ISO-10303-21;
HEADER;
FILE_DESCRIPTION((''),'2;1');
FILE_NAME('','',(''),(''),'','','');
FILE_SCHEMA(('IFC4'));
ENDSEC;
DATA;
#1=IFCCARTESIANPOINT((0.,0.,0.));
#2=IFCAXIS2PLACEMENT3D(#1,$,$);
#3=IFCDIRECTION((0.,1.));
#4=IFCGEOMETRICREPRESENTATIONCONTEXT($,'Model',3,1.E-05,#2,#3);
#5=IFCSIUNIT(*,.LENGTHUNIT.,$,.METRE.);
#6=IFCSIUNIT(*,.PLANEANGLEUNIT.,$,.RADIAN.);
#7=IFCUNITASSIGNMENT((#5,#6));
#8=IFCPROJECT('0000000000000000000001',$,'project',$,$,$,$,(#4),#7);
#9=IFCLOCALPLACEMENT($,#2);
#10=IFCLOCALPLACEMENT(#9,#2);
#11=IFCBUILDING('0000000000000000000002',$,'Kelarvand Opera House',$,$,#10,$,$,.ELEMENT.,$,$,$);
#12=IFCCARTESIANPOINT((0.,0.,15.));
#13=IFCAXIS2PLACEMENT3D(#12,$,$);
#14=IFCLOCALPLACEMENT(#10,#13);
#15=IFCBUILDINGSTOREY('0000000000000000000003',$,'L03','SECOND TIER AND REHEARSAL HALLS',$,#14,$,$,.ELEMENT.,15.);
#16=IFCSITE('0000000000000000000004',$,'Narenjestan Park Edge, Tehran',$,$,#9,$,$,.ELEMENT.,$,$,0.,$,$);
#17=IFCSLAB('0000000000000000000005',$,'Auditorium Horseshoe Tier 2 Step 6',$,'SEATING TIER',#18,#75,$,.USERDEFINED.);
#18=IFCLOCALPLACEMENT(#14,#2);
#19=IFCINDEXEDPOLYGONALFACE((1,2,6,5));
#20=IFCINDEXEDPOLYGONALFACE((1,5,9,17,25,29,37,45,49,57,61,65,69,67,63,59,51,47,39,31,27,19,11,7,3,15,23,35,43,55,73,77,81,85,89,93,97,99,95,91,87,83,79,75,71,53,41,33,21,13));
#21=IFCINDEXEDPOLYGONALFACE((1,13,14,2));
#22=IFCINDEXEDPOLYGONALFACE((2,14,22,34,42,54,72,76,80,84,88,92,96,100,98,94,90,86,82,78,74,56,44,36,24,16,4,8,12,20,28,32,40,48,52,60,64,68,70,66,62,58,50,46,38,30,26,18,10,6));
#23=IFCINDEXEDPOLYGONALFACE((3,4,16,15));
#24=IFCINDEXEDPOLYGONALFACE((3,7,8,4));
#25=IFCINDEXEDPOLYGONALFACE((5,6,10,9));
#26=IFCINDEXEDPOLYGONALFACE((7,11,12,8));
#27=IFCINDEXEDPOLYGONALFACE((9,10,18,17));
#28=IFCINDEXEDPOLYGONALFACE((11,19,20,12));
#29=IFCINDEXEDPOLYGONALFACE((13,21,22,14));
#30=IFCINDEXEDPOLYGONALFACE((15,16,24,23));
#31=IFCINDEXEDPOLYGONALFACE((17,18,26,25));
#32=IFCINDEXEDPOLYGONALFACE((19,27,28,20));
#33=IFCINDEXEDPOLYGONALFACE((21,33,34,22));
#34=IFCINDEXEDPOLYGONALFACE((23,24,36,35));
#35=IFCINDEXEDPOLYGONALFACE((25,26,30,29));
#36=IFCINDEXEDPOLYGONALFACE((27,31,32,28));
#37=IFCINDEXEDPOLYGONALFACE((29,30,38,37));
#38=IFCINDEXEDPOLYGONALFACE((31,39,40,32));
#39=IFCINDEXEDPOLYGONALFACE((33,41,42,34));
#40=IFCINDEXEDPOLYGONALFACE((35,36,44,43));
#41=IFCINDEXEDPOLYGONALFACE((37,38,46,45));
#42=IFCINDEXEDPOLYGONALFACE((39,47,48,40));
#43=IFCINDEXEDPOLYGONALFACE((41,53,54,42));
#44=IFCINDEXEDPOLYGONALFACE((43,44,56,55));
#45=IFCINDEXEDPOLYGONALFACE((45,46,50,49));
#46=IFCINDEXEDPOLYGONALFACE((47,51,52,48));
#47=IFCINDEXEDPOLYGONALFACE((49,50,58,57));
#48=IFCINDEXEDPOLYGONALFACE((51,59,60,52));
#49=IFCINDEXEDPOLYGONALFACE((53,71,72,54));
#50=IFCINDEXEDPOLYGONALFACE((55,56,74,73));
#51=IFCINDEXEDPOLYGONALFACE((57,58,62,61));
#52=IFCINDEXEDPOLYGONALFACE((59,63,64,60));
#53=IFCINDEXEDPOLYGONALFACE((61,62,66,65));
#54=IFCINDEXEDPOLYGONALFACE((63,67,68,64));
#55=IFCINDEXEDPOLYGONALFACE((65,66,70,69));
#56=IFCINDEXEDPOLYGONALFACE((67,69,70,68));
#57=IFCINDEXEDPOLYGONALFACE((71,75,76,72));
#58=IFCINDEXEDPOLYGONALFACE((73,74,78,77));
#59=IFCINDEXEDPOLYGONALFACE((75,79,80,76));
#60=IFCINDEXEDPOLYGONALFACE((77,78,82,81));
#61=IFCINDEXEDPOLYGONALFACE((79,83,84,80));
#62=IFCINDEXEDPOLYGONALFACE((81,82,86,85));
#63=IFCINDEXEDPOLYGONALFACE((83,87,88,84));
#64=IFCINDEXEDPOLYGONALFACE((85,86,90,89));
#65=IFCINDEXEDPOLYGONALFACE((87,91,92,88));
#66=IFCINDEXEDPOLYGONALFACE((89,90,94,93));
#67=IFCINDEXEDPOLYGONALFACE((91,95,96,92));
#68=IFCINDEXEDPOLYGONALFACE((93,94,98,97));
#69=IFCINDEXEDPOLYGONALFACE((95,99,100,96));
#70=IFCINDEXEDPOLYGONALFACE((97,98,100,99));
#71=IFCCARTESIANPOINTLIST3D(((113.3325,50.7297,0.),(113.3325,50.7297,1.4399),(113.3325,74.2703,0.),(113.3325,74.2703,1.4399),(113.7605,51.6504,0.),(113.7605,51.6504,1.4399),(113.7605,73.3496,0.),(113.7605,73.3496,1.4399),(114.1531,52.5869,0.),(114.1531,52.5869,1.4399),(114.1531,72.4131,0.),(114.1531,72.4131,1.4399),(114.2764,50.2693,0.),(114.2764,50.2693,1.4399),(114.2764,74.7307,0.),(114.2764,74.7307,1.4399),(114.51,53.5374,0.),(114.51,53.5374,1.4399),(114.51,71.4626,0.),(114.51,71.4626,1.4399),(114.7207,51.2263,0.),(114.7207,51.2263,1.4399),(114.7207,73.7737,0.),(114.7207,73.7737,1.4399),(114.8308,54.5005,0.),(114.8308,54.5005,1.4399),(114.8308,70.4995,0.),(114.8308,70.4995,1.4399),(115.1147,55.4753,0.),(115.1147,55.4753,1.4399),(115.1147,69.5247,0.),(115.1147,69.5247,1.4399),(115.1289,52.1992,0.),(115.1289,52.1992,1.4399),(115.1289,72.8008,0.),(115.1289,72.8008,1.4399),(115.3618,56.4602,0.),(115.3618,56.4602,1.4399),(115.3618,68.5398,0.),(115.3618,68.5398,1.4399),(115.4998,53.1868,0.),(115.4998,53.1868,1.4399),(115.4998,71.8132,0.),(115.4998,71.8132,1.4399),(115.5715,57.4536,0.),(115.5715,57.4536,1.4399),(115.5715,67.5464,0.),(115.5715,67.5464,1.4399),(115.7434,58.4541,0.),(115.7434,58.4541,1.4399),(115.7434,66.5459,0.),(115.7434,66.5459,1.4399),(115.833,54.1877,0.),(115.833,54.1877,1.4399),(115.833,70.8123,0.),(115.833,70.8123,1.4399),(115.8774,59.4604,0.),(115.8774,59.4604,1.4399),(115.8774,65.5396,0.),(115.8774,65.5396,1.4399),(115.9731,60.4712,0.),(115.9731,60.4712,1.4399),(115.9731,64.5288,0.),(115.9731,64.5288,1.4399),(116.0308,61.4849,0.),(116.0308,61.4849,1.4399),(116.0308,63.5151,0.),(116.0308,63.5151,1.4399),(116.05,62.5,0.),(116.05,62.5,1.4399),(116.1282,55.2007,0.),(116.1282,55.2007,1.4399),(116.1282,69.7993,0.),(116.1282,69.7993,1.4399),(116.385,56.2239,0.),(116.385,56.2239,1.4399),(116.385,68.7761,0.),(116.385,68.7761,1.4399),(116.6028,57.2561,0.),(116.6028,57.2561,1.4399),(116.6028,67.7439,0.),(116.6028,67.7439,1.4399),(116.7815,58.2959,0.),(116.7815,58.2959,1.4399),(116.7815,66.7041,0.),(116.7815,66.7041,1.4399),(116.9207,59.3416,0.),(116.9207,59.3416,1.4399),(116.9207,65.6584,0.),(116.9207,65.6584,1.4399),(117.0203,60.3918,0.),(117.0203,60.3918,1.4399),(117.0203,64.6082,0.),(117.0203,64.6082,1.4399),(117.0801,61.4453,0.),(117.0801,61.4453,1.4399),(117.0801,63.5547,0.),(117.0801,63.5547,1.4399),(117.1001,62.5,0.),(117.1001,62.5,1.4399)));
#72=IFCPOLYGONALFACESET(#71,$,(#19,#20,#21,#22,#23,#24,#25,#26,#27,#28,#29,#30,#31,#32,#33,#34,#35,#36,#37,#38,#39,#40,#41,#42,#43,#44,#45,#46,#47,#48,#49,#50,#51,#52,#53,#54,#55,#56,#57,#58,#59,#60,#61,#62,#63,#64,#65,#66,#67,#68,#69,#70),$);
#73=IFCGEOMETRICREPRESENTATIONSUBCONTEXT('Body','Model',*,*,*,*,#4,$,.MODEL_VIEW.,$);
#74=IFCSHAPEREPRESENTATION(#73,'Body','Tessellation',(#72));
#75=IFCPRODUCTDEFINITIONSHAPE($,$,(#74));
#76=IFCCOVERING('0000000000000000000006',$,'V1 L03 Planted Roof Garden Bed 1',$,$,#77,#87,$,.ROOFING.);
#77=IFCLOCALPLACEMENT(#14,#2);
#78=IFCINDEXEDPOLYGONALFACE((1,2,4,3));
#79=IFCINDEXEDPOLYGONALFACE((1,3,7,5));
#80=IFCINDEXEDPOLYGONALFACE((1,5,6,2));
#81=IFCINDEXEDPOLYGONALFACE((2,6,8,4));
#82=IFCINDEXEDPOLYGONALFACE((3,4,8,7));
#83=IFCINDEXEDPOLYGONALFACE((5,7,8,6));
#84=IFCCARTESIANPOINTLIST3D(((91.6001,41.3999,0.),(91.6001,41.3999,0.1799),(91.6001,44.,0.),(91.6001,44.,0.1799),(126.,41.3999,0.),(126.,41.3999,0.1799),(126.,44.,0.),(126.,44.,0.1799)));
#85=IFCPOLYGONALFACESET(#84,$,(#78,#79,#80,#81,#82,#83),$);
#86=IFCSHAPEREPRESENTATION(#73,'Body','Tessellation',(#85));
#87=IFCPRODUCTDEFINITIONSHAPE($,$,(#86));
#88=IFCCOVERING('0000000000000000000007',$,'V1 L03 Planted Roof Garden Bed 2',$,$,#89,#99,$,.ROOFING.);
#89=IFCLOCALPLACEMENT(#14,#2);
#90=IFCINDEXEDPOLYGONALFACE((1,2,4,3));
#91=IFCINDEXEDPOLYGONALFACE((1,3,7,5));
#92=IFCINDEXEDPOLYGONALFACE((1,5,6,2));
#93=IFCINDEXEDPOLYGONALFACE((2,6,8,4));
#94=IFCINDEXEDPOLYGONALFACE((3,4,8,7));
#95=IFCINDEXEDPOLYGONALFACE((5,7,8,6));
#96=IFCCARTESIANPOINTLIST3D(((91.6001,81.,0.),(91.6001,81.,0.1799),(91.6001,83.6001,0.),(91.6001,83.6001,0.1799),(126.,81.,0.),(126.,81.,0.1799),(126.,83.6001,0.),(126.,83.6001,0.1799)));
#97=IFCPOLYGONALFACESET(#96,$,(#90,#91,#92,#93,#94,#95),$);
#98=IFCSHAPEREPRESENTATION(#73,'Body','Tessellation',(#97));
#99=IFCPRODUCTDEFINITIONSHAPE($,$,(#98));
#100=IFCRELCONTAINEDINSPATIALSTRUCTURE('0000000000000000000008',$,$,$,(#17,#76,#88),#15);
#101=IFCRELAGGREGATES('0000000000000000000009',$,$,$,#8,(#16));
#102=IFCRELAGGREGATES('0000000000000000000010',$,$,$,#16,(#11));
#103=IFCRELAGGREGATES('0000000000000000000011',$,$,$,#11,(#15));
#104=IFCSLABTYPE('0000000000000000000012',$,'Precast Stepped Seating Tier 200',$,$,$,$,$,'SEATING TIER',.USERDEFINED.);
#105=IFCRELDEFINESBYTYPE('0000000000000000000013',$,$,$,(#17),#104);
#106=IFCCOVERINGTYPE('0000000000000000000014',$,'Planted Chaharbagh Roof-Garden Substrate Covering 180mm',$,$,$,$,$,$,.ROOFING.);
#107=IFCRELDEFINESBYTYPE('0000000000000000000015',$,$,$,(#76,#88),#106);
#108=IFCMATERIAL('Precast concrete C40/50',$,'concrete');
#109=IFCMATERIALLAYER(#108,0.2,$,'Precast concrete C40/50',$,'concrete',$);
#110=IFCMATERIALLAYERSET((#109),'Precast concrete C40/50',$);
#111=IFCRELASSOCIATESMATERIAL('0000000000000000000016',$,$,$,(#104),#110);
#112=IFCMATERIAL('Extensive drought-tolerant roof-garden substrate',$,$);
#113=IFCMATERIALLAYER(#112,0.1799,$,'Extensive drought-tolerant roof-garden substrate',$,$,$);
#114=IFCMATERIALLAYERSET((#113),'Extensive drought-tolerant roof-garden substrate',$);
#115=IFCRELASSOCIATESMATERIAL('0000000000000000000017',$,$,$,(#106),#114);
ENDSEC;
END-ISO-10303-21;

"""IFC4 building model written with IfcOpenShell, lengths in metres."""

from ifc_helpers import new_model, si_unit, direction, frame, origin, place, context, subcontext, project, spatial, polyline, outline, extrude, material, layer, layer_set, type_object, element, save


model = new_model("IFC4")

# Units and contexts
model_context = context("Model", 3, precision=1e-05, world=origin(), true_north=direction((0.0, 1.0)))
body_context = subcontext(model_context, "Body", "Model", "MODEL_VIEW")
ifc_project = project(units=[si_unit("LENGTHUNIT", "METRE"), si_unit("PLANEANGLEUNIT", "RADIAN")], contexts=[model_context])

# Site, building, storey
site_placement = place(None, origin())
site = spatial("IfcSite", under=ifc_project, at=site_placement, Name="Narenjestan Park Edge, Tehran", CompositionType="ELEMENT", RefElevation=0.0)
building_placement = place(site_placement, origin())
building = spatial("IfcBuilding", under=site, at=building_placement, Name="Kelarvand Opera House", CompositionType="ELEMENT")
storey_placement = place(building_placement, frame((0.0, 0.0, 15.0)))
storey = spatial("IfcBuildingStorey", under=building, at=storey_placement, Name="L03", Description="SECOND TIER AND REHEARSAL HALLS", CompositionType="ELEMENT", Elevation=15.0)

# Slab
ifc_material_1 = material(Name="Precast concrete C40/50", Category="concrete")
ifc_layer_1 = layer(ifc_material_1, 0.2, Name="Precast concrete C40/50", Category="concrete")
ifc_layer_set_1 = layer_set([ifc_layer_1], Name="Precast concrete C40/50")
slab_type_1 = type_object("IfcSlabType", Name="Precast Stepped Seating Tier 200", ElementType="SEATING TIER", PredefinedType="USERDEFINED", material=ifc_layer_set_1)
slab_1_placement = place(storey_placement, origin())
element("IfcSlab", 1, at=slab_1_placement, inside=storey, type_object=slab_type_1, Name="Auditorium Horseshoe Tier 2 Step 6", ObjectType="SEATING TIER", PredefinedType="USERDEFINED", context=body_context, shape_type="SweptSolid", body=[
    extrude(outline(polyline([(113.3325, 50.7297), (113.7605, 51.6504), (114.1531, 52.5869), (114.51, 53.5374), (114.8308, 54.5005), (115.1147, 55.4753), (115.3618, 56.4602), (115.5715, 57.4536), (115.7434, 58.4541), (115.8774, 59.4604), (115.9731, 60.4712), (116.0308, 61.4849), (116.05, 62.5), (116.0308, 63.5151), (115.9731, 64.5288), (115.8774, 65.5396), (115.7434, 66.5459), (115.5715, 67.5464), (115.3618, 68.5398), (115.1147, 69.5247), (114.8308, 70.4995), (114.51, 71.4626), (114.1531, 72.4131), (113.7605, 73.3496), (113.3325, 74.2703), (114.2764, 74.7307), (114.7207, 73.7737), (115.1289, 72.8008), (115.4998, 71.8132), (115.833, 70.8123), (116.1282, 69.7993), (116.385, 68.7761), (116.6028, 67.7439), (116.7815, 66.7041), (116.9207, 65.6584), (117.0203, 64.6082), (117.0801, 63.5547), (117.1001, 62.5), (117.0801, 61.4453), (117.0203, 60.3918), (116.9207, 59.3416), (116.7815, 58.2959), (116.6028, 57.2561), (116.385, 56.2239), (116.1282, 55.2007), (115.833, 54.1877), (115.4998, 53.1868), (115.1289, 52.1992), (114.7207, 51.2263), (114.2764, 50.2693), (113.3325, 50.7297)])), origin(), (0.0, 0.0, 1.0), 1.4399),
])

# Coverings
ifc_material_2 = material(Name="Extensive drought-tolerant roof-garden substrate")
ifc_layer_2 = layer(ifc_material_2, 0.1799, Name="Extensive drought-tolerant roof-garden substrate")
ifc_layer_set_2 = layer_set([ifc_layer_2], Name="Extensive drought-tolerant roof-garden substrate")
covering_type = type_object("IfcCoveringType", Name="Planted Chaharbagh Roof-Garden Substrate Covering 180mm", PredefinedType="ROOFING", material=ifc_layer_set_2)
covering_1_placement = place(storey_placement, origin())
element("IfcCovering", 2, at=covering_1_placement, inside=storey, type_object=covering_type, Name="V1 L03 Planted Roof Garden Bed 1", PredefinedType="ROOFING", context=body_context, shape_type="SweptSolid", body=[
    extrude(outline(polyline([(91.6001, 41.3999), (126.0, 41.3999), (126.0, 44.0), (91.6001, 44.0), (91.6001, 41.3999)])), origin(), (0.0, 0.0, 1.0), 0.1799),
])
covering_2_placement = place(storey_placement, origin())
element("IfcCovering", 3, at=covering_2_placement, inside=storey, type_object=covering_type, Name="V1 L03 Planted Roof Garden Bed 2", PredefinedType="ROOFING", context=body_context, shape_type="SweptSolid", body=[
    extrude(outline(polyline([(91.6001, 81.0), (126.0, 81.0), (126.0, 83.6001), (91.6001, 83.6001), (91.6001, 81.0)])), origin(), (0.0, 0.0, 1.0), 0.1799),
])

save(model, "model.ifc")
